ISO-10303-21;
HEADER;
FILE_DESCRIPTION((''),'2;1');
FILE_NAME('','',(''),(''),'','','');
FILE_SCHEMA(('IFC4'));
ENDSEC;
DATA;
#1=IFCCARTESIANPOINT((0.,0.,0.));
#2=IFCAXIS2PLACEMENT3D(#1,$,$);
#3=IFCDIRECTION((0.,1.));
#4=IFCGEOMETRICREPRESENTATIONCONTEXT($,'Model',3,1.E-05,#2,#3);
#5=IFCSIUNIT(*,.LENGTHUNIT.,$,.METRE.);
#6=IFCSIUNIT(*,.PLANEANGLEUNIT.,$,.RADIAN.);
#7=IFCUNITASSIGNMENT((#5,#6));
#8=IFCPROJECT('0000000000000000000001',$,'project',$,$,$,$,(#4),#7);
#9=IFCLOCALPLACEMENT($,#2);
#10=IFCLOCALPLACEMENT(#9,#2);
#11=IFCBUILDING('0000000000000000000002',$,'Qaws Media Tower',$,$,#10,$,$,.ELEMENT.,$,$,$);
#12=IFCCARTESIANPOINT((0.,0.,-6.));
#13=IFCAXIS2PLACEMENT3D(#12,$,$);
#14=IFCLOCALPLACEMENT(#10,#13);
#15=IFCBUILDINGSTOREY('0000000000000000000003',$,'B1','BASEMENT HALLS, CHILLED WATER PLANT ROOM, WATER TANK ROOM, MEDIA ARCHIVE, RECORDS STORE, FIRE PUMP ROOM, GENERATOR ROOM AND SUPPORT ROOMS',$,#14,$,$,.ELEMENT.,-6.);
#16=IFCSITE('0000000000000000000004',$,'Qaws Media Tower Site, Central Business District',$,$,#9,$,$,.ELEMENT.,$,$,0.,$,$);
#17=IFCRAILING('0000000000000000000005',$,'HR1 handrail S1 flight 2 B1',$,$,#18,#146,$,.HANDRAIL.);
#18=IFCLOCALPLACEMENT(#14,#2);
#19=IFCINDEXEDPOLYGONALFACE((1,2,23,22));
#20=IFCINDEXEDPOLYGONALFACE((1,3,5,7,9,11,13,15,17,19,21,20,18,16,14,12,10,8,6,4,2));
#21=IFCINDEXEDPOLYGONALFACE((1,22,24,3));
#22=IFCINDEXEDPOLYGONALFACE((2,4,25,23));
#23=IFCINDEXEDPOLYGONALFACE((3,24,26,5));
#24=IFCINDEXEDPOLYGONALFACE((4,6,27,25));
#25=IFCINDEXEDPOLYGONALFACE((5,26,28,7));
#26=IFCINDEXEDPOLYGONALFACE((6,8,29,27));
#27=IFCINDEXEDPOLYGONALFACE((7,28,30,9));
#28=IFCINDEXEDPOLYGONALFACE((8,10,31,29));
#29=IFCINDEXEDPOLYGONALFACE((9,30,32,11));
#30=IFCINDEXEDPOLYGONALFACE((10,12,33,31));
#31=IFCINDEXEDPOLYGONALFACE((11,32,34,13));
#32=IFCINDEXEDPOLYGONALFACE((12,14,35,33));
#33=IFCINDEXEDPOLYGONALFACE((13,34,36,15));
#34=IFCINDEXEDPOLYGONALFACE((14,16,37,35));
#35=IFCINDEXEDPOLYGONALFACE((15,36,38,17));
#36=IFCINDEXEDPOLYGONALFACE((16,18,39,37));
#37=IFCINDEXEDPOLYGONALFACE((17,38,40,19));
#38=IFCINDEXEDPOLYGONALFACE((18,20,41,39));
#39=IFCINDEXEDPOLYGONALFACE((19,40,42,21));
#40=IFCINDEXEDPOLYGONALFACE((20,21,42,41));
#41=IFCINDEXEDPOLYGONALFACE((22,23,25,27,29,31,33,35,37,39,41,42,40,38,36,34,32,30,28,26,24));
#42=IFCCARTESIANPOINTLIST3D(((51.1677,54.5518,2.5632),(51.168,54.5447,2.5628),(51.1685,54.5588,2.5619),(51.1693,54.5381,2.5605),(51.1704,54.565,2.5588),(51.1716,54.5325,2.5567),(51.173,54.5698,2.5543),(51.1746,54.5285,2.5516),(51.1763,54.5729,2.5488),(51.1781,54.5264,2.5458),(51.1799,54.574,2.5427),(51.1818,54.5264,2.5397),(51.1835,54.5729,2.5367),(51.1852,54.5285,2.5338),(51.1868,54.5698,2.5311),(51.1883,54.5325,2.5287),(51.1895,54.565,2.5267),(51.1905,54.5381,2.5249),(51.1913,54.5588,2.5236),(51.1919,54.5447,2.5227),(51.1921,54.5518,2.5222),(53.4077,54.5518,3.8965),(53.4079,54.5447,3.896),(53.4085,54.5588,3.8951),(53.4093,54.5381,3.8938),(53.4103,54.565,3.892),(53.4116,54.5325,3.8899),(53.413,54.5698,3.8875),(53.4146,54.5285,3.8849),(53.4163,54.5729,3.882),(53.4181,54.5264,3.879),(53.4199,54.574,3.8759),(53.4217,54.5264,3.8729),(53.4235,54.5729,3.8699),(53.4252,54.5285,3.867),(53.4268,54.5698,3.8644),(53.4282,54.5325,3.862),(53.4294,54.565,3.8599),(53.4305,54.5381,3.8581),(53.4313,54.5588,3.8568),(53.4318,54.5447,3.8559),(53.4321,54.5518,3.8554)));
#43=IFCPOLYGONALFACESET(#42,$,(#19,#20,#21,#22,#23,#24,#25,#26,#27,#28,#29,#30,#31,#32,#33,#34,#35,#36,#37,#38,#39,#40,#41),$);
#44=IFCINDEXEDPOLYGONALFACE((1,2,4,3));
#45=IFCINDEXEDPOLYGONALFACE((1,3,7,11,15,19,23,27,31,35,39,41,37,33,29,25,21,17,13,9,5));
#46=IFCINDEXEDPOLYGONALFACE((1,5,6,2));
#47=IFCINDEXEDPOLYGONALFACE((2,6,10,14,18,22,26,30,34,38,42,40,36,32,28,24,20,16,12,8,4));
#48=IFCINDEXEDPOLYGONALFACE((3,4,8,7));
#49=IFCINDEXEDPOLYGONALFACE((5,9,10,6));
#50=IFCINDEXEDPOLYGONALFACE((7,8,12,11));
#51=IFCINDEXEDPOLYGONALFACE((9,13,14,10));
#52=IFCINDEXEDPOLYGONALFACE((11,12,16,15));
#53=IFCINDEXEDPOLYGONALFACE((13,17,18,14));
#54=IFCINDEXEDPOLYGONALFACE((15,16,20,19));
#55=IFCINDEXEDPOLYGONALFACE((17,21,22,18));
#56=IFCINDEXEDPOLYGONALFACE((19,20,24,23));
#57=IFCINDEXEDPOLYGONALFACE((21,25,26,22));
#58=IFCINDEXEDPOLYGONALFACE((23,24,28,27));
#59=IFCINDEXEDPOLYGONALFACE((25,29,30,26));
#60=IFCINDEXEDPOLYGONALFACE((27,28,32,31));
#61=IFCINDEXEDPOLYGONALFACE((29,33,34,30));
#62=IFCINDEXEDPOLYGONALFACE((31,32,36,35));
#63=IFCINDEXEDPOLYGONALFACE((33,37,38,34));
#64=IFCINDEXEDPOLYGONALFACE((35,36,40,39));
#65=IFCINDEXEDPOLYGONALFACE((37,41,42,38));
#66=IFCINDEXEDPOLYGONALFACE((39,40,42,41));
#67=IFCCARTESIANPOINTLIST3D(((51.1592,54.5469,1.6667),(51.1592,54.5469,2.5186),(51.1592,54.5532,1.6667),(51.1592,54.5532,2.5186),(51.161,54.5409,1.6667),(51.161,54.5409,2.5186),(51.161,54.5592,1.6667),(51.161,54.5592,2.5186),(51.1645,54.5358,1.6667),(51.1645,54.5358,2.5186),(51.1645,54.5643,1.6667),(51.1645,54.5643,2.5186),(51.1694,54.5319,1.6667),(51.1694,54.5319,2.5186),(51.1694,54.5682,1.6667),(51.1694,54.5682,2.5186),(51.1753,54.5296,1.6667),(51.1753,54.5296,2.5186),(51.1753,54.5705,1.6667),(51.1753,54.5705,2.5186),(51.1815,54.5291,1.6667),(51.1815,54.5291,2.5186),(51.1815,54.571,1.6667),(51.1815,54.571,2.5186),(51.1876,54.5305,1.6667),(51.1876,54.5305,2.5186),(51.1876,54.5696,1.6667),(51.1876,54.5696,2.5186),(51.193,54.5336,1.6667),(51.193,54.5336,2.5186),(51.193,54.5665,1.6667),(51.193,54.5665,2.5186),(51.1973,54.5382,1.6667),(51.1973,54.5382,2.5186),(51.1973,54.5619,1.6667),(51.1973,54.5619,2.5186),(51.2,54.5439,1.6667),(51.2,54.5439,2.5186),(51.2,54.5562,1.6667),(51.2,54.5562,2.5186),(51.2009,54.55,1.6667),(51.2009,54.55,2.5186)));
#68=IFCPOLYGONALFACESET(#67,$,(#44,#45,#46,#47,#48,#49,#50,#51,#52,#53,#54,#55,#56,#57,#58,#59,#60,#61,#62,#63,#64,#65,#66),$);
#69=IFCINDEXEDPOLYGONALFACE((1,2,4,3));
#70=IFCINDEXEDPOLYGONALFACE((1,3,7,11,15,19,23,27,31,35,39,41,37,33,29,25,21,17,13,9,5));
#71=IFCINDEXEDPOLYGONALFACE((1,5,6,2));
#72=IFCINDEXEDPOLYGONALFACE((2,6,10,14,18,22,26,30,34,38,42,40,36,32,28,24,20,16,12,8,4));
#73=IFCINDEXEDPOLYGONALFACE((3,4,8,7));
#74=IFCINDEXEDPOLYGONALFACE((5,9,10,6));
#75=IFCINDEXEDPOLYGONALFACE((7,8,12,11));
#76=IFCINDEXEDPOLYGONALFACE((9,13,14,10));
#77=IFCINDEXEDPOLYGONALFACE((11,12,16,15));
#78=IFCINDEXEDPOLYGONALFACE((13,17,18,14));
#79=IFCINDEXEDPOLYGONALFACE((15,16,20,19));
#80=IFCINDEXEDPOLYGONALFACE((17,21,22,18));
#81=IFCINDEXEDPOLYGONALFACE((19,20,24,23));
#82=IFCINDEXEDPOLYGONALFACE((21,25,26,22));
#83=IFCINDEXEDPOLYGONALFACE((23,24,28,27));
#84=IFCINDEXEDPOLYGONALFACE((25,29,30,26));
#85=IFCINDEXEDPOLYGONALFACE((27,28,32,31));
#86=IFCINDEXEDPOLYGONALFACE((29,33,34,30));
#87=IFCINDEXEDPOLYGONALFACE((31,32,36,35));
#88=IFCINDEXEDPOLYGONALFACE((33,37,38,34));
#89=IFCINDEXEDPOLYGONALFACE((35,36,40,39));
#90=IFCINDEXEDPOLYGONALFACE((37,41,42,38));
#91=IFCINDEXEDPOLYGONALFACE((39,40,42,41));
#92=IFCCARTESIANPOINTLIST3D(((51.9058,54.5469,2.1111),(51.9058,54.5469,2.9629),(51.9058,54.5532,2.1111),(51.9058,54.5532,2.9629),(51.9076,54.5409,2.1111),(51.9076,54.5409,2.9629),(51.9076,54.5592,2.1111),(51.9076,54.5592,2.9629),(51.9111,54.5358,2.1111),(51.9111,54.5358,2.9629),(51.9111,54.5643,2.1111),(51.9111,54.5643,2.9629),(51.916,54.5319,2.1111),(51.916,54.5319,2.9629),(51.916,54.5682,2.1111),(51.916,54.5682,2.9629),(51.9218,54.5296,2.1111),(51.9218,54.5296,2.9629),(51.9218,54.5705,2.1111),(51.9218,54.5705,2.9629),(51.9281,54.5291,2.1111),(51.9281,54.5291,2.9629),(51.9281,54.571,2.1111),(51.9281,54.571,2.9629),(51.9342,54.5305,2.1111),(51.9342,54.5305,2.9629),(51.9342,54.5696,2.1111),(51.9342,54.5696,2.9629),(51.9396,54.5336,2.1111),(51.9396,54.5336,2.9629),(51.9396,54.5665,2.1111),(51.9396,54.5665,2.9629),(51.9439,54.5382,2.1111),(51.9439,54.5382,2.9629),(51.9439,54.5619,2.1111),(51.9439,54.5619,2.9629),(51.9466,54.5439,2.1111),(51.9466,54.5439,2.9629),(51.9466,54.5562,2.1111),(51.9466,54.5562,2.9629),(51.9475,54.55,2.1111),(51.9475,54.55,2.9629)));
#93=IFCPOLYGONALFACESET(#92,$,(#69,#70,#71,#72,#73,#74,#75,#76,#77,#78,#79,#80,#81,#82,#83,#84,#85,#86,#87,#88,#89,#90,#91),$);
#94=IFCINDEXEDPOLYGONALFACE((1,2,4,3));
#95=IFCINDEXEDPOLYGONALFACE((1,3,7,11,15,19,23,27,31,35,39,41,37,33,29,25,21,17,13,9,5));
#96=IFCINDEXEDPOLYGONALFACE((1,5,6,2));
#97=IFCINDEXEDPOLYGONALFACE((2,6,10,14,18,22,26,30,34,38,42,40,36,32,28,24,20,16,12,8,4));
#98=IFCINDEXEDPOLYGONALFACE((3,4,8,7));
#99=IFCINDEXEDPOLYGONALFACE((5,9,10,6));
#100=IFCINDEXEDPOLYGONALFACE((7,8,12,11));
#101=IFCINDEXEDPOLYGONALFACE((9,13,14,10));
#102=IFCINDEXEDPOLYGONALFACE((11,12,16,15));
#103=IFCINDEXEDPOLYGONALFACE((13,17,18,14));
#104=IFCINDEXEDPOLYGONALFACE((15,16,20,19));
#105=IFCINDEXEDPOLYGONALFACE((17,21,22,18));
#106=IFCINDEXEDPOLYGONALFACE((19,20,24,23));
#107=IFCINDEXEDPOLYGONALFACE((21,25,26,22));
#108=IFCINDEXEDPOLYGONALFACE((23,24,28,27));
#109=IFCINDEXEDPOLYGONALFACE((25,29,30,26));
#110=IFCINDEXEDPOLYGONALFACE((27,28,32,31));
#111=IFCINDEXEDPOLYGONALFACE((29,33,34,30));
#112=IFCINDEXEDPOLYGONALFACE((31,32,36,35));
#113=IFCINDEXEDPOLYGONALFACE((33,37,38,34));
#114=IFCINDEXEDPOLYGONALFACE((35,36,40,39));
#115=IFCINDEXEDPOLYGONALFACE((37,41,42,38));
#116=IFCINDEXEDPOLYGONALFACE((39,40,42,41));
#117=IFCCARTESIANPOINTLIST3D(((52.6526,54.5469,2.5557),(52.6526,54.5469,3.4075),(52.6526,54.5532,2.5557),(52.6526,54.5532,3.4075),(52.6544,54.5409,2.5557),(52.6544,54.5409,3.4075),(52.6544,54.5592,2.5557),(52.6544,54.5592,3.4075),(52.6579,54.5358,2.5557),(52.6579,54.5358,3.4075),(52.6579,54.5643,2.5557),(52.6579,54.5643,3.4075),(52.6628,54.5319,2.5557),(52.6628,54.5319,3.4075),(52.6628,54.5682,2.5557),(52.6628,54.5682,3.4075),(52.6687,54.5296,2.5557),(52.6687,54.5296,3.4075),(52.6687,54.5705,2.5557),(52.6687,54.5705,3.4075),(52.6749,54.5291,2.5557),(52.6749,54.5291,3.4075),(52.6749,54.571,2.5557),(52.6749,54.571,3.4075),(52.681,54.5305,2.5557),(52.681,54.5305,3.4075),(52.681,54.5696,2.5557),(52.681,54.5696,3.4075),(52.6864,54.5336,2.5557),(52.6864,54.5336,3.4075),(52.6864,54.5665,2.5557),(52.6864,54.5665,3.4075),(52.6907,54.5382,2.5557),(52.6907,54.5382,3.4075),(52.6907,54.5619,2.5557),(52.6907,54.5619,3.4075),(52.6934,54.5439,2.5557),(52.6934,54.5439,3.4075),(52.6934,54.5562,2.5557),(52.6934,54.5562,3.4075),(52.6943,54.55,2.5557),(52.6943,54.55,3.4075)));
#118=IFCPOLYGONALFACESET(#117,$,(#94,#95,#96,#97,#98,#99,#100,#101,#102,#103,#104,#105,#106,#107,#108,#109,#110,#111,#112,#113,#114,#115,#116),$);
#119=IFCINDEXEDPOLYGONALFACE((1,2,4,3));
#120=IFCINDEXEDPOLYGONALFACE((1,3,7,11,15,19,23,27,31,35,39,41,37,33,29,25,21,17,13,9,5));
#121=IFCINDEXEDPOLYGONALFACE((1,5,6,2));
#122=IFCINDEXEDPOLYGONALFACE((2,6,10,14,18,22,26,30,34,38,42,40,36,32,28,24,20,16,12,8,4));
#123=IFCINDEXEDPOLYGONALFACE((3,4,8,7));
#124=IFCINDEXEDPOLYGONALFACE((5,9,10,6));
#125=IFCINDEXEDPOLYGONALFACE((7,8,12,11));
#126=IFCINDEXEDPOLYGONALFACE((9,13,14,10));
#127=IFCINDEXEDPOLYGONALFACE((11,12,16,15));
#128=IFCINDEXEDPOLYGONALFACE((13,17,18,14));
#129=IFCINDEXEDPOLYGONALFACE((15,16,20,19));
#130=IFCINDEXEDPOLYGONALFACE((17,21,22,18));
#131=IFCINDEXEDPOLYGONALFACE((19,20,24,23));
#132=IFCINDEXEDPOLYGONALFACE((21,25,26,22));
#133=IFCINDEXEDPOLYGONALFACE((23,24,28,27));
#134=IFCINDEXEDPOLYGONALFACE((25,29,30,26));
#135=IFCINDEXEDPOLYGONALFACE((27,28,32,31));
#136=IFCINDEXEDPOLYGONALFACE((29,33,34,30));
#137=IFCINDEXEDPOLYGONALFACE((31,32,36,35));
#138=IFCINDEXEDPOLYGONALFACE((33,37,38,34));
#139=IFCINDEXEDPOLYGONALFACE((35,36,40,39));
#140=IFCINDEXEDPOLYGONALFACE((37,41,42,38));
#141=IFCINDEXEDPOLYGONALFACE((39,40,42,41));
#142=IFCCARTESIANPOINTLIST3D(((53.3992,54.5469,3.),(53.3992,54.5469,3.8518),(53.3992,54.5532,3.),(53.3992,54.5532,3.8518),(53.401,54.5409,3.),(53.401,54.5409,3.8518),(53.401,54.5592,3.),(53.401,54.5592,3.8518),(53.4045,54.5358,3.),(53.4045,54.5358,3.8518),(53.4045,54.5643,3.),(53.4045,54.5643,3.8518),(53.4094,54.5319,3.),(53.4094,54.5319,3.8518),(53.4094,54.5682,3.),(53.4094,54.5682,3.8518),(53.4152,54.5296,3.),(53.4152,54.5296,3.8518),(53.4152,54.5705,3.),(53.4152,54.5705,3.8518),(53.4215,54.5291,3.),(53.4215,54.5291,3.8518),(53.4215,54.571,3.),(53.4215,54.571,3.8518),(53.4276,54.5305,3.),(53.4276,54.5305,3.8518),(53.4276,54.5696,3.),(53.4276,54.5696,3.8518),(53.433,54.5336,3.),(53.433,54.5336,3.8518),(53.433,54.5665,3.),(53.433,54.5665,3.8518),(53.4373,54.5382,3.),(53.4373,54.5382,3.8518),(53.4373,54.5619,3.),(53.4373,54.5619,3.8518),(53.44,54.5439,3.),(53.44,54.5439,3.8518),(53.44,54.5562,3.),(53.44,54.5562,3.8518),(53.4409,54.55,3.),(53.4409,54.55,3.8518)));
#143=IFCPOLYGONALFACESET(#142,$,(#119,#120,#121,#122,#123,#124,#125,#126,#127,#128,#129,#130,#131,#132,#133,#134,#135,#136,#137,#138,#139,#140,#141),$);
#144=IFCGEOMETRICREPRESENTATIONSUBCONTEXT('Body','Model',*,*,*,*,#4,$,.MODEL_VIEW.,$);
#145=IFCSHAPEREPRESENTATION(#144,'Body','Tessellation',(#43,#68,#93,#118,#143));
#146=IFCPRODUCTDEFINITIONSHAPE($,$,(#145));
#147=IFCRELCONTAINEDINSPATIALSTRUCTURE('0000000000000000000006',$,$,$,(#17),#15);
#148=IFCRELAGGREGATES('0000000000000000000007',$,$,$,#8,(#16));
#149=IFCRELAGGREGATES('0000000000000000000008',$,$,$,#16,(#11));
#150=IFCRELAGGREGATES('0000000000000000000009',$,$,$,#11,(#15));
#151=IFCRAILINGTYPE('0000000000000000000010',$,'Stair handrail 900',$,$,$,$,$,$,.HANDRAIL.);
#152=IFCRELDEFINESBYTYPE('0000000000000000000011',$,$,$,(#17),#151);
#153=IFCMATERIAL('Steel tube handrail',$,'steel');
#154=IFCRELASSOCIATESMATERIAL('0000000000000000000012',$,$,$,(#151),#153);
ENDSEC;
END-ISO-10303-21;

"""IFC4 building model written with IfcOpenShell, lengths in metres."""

from ifc_helpers import new_model, si_unit, direction, frame, origin, origin_2d, place, context, subcontext, project, spatial, circle, extrude, material, type_object, element, save


model = new_model("IFC4")

# Units and contexts
model_context = context("Model", 3, precision=1e-05, world=origin(), true_north=direction((0.0, 1.0)))
body_context = subcontext(model_context, "Body", "Model", "MODEL_VIEW")
ifc_project = project(units=[si_unit("LENGTHUNIT", "METRE"), si_unit("PLANEANGLEUNIT", "RADIAN")], contexts=[model_context])

# Site, building, storey
site_placement = place(None, origin())
site = spatial("IfcSite", under=ifc_project, at=site_placement, Name="Qaws Media Tower Site, Central Business District", CompositionType="ELEMENT", RefElevation=0.0)
building_placement = place(site_placement, origin())
building = spatial("IfcBuilding", under=site, at=building_placement, Name="Qaws Media Tower", CompositionType="ELEMENT")
storey_placement = place(building_placement, frame((0.0, 0.0, -6.0)))
storey = spatial("IfcBuildingStorey", under=building, at=storey_placement, Name="B1", Description="BASEMENT HALLS, CHILLED WATER PLANT ROOM, WATER TANK ROOM, MEDIA ARCHIVE, RECORDS STORE, FIRE PUMP ROOM, GENERATOR ROOM AND SUPPORT ROOMS", CompositionType="ELEMENT", Elevation=-6.0)

# Railing
ifc_material_1 = material(Name="Steel tube handrail", Category="steel")
railing_type = type_object("IfcRailingType", Name="Stair handrail 900", PredefinedType="HANDRAIL", material=ifc_material_1)
railing_1_placement = place(storey_placement, frame((51.1799, 54.55, 1.6667)))
element("IfcRailing", 1, at=railing_1_placement, inside=storey, type_object=railing_type, Name="HR1 handrail S1 flight 2 B1", PredefinedType="HANDRAIL", context=body_context, shape_type="SweptSolid", body=[
    extrude(circle(Radius=0.0239, at=origin_2d()), frame((0.0, 0.0, 0.876), z_axis=(0.859306, 0.0, 0.511462), x_axis=(0.0, 1.0, 0.0)), (0.0, 0.0, 1.0), 2.6067),
    extrude(circle(Radius=0.021, at=origin_2d()), origin(), (0.0, 0.0, 1.0), 0.8518),
    extrude(circle(Radius=0.021, at=origin_2d()), frame((0.7466, 0.0, 0.4443)), (0.0, 0.0, 1.0), 0.8518),
    extrude(circle(Radius=0.021, at=origin_2d()), frame((1.4934, 0.0, 0.8889)), (0.0, 0.0, 1.0), 0.8518),
    extrude(circle(Radius=0.021, at=origin_2d()), frame((2.24, 0.0, 1.3333)), (0.0, 0.0, 1.0), 0.8518),
])

save(model, "model.ifc")
